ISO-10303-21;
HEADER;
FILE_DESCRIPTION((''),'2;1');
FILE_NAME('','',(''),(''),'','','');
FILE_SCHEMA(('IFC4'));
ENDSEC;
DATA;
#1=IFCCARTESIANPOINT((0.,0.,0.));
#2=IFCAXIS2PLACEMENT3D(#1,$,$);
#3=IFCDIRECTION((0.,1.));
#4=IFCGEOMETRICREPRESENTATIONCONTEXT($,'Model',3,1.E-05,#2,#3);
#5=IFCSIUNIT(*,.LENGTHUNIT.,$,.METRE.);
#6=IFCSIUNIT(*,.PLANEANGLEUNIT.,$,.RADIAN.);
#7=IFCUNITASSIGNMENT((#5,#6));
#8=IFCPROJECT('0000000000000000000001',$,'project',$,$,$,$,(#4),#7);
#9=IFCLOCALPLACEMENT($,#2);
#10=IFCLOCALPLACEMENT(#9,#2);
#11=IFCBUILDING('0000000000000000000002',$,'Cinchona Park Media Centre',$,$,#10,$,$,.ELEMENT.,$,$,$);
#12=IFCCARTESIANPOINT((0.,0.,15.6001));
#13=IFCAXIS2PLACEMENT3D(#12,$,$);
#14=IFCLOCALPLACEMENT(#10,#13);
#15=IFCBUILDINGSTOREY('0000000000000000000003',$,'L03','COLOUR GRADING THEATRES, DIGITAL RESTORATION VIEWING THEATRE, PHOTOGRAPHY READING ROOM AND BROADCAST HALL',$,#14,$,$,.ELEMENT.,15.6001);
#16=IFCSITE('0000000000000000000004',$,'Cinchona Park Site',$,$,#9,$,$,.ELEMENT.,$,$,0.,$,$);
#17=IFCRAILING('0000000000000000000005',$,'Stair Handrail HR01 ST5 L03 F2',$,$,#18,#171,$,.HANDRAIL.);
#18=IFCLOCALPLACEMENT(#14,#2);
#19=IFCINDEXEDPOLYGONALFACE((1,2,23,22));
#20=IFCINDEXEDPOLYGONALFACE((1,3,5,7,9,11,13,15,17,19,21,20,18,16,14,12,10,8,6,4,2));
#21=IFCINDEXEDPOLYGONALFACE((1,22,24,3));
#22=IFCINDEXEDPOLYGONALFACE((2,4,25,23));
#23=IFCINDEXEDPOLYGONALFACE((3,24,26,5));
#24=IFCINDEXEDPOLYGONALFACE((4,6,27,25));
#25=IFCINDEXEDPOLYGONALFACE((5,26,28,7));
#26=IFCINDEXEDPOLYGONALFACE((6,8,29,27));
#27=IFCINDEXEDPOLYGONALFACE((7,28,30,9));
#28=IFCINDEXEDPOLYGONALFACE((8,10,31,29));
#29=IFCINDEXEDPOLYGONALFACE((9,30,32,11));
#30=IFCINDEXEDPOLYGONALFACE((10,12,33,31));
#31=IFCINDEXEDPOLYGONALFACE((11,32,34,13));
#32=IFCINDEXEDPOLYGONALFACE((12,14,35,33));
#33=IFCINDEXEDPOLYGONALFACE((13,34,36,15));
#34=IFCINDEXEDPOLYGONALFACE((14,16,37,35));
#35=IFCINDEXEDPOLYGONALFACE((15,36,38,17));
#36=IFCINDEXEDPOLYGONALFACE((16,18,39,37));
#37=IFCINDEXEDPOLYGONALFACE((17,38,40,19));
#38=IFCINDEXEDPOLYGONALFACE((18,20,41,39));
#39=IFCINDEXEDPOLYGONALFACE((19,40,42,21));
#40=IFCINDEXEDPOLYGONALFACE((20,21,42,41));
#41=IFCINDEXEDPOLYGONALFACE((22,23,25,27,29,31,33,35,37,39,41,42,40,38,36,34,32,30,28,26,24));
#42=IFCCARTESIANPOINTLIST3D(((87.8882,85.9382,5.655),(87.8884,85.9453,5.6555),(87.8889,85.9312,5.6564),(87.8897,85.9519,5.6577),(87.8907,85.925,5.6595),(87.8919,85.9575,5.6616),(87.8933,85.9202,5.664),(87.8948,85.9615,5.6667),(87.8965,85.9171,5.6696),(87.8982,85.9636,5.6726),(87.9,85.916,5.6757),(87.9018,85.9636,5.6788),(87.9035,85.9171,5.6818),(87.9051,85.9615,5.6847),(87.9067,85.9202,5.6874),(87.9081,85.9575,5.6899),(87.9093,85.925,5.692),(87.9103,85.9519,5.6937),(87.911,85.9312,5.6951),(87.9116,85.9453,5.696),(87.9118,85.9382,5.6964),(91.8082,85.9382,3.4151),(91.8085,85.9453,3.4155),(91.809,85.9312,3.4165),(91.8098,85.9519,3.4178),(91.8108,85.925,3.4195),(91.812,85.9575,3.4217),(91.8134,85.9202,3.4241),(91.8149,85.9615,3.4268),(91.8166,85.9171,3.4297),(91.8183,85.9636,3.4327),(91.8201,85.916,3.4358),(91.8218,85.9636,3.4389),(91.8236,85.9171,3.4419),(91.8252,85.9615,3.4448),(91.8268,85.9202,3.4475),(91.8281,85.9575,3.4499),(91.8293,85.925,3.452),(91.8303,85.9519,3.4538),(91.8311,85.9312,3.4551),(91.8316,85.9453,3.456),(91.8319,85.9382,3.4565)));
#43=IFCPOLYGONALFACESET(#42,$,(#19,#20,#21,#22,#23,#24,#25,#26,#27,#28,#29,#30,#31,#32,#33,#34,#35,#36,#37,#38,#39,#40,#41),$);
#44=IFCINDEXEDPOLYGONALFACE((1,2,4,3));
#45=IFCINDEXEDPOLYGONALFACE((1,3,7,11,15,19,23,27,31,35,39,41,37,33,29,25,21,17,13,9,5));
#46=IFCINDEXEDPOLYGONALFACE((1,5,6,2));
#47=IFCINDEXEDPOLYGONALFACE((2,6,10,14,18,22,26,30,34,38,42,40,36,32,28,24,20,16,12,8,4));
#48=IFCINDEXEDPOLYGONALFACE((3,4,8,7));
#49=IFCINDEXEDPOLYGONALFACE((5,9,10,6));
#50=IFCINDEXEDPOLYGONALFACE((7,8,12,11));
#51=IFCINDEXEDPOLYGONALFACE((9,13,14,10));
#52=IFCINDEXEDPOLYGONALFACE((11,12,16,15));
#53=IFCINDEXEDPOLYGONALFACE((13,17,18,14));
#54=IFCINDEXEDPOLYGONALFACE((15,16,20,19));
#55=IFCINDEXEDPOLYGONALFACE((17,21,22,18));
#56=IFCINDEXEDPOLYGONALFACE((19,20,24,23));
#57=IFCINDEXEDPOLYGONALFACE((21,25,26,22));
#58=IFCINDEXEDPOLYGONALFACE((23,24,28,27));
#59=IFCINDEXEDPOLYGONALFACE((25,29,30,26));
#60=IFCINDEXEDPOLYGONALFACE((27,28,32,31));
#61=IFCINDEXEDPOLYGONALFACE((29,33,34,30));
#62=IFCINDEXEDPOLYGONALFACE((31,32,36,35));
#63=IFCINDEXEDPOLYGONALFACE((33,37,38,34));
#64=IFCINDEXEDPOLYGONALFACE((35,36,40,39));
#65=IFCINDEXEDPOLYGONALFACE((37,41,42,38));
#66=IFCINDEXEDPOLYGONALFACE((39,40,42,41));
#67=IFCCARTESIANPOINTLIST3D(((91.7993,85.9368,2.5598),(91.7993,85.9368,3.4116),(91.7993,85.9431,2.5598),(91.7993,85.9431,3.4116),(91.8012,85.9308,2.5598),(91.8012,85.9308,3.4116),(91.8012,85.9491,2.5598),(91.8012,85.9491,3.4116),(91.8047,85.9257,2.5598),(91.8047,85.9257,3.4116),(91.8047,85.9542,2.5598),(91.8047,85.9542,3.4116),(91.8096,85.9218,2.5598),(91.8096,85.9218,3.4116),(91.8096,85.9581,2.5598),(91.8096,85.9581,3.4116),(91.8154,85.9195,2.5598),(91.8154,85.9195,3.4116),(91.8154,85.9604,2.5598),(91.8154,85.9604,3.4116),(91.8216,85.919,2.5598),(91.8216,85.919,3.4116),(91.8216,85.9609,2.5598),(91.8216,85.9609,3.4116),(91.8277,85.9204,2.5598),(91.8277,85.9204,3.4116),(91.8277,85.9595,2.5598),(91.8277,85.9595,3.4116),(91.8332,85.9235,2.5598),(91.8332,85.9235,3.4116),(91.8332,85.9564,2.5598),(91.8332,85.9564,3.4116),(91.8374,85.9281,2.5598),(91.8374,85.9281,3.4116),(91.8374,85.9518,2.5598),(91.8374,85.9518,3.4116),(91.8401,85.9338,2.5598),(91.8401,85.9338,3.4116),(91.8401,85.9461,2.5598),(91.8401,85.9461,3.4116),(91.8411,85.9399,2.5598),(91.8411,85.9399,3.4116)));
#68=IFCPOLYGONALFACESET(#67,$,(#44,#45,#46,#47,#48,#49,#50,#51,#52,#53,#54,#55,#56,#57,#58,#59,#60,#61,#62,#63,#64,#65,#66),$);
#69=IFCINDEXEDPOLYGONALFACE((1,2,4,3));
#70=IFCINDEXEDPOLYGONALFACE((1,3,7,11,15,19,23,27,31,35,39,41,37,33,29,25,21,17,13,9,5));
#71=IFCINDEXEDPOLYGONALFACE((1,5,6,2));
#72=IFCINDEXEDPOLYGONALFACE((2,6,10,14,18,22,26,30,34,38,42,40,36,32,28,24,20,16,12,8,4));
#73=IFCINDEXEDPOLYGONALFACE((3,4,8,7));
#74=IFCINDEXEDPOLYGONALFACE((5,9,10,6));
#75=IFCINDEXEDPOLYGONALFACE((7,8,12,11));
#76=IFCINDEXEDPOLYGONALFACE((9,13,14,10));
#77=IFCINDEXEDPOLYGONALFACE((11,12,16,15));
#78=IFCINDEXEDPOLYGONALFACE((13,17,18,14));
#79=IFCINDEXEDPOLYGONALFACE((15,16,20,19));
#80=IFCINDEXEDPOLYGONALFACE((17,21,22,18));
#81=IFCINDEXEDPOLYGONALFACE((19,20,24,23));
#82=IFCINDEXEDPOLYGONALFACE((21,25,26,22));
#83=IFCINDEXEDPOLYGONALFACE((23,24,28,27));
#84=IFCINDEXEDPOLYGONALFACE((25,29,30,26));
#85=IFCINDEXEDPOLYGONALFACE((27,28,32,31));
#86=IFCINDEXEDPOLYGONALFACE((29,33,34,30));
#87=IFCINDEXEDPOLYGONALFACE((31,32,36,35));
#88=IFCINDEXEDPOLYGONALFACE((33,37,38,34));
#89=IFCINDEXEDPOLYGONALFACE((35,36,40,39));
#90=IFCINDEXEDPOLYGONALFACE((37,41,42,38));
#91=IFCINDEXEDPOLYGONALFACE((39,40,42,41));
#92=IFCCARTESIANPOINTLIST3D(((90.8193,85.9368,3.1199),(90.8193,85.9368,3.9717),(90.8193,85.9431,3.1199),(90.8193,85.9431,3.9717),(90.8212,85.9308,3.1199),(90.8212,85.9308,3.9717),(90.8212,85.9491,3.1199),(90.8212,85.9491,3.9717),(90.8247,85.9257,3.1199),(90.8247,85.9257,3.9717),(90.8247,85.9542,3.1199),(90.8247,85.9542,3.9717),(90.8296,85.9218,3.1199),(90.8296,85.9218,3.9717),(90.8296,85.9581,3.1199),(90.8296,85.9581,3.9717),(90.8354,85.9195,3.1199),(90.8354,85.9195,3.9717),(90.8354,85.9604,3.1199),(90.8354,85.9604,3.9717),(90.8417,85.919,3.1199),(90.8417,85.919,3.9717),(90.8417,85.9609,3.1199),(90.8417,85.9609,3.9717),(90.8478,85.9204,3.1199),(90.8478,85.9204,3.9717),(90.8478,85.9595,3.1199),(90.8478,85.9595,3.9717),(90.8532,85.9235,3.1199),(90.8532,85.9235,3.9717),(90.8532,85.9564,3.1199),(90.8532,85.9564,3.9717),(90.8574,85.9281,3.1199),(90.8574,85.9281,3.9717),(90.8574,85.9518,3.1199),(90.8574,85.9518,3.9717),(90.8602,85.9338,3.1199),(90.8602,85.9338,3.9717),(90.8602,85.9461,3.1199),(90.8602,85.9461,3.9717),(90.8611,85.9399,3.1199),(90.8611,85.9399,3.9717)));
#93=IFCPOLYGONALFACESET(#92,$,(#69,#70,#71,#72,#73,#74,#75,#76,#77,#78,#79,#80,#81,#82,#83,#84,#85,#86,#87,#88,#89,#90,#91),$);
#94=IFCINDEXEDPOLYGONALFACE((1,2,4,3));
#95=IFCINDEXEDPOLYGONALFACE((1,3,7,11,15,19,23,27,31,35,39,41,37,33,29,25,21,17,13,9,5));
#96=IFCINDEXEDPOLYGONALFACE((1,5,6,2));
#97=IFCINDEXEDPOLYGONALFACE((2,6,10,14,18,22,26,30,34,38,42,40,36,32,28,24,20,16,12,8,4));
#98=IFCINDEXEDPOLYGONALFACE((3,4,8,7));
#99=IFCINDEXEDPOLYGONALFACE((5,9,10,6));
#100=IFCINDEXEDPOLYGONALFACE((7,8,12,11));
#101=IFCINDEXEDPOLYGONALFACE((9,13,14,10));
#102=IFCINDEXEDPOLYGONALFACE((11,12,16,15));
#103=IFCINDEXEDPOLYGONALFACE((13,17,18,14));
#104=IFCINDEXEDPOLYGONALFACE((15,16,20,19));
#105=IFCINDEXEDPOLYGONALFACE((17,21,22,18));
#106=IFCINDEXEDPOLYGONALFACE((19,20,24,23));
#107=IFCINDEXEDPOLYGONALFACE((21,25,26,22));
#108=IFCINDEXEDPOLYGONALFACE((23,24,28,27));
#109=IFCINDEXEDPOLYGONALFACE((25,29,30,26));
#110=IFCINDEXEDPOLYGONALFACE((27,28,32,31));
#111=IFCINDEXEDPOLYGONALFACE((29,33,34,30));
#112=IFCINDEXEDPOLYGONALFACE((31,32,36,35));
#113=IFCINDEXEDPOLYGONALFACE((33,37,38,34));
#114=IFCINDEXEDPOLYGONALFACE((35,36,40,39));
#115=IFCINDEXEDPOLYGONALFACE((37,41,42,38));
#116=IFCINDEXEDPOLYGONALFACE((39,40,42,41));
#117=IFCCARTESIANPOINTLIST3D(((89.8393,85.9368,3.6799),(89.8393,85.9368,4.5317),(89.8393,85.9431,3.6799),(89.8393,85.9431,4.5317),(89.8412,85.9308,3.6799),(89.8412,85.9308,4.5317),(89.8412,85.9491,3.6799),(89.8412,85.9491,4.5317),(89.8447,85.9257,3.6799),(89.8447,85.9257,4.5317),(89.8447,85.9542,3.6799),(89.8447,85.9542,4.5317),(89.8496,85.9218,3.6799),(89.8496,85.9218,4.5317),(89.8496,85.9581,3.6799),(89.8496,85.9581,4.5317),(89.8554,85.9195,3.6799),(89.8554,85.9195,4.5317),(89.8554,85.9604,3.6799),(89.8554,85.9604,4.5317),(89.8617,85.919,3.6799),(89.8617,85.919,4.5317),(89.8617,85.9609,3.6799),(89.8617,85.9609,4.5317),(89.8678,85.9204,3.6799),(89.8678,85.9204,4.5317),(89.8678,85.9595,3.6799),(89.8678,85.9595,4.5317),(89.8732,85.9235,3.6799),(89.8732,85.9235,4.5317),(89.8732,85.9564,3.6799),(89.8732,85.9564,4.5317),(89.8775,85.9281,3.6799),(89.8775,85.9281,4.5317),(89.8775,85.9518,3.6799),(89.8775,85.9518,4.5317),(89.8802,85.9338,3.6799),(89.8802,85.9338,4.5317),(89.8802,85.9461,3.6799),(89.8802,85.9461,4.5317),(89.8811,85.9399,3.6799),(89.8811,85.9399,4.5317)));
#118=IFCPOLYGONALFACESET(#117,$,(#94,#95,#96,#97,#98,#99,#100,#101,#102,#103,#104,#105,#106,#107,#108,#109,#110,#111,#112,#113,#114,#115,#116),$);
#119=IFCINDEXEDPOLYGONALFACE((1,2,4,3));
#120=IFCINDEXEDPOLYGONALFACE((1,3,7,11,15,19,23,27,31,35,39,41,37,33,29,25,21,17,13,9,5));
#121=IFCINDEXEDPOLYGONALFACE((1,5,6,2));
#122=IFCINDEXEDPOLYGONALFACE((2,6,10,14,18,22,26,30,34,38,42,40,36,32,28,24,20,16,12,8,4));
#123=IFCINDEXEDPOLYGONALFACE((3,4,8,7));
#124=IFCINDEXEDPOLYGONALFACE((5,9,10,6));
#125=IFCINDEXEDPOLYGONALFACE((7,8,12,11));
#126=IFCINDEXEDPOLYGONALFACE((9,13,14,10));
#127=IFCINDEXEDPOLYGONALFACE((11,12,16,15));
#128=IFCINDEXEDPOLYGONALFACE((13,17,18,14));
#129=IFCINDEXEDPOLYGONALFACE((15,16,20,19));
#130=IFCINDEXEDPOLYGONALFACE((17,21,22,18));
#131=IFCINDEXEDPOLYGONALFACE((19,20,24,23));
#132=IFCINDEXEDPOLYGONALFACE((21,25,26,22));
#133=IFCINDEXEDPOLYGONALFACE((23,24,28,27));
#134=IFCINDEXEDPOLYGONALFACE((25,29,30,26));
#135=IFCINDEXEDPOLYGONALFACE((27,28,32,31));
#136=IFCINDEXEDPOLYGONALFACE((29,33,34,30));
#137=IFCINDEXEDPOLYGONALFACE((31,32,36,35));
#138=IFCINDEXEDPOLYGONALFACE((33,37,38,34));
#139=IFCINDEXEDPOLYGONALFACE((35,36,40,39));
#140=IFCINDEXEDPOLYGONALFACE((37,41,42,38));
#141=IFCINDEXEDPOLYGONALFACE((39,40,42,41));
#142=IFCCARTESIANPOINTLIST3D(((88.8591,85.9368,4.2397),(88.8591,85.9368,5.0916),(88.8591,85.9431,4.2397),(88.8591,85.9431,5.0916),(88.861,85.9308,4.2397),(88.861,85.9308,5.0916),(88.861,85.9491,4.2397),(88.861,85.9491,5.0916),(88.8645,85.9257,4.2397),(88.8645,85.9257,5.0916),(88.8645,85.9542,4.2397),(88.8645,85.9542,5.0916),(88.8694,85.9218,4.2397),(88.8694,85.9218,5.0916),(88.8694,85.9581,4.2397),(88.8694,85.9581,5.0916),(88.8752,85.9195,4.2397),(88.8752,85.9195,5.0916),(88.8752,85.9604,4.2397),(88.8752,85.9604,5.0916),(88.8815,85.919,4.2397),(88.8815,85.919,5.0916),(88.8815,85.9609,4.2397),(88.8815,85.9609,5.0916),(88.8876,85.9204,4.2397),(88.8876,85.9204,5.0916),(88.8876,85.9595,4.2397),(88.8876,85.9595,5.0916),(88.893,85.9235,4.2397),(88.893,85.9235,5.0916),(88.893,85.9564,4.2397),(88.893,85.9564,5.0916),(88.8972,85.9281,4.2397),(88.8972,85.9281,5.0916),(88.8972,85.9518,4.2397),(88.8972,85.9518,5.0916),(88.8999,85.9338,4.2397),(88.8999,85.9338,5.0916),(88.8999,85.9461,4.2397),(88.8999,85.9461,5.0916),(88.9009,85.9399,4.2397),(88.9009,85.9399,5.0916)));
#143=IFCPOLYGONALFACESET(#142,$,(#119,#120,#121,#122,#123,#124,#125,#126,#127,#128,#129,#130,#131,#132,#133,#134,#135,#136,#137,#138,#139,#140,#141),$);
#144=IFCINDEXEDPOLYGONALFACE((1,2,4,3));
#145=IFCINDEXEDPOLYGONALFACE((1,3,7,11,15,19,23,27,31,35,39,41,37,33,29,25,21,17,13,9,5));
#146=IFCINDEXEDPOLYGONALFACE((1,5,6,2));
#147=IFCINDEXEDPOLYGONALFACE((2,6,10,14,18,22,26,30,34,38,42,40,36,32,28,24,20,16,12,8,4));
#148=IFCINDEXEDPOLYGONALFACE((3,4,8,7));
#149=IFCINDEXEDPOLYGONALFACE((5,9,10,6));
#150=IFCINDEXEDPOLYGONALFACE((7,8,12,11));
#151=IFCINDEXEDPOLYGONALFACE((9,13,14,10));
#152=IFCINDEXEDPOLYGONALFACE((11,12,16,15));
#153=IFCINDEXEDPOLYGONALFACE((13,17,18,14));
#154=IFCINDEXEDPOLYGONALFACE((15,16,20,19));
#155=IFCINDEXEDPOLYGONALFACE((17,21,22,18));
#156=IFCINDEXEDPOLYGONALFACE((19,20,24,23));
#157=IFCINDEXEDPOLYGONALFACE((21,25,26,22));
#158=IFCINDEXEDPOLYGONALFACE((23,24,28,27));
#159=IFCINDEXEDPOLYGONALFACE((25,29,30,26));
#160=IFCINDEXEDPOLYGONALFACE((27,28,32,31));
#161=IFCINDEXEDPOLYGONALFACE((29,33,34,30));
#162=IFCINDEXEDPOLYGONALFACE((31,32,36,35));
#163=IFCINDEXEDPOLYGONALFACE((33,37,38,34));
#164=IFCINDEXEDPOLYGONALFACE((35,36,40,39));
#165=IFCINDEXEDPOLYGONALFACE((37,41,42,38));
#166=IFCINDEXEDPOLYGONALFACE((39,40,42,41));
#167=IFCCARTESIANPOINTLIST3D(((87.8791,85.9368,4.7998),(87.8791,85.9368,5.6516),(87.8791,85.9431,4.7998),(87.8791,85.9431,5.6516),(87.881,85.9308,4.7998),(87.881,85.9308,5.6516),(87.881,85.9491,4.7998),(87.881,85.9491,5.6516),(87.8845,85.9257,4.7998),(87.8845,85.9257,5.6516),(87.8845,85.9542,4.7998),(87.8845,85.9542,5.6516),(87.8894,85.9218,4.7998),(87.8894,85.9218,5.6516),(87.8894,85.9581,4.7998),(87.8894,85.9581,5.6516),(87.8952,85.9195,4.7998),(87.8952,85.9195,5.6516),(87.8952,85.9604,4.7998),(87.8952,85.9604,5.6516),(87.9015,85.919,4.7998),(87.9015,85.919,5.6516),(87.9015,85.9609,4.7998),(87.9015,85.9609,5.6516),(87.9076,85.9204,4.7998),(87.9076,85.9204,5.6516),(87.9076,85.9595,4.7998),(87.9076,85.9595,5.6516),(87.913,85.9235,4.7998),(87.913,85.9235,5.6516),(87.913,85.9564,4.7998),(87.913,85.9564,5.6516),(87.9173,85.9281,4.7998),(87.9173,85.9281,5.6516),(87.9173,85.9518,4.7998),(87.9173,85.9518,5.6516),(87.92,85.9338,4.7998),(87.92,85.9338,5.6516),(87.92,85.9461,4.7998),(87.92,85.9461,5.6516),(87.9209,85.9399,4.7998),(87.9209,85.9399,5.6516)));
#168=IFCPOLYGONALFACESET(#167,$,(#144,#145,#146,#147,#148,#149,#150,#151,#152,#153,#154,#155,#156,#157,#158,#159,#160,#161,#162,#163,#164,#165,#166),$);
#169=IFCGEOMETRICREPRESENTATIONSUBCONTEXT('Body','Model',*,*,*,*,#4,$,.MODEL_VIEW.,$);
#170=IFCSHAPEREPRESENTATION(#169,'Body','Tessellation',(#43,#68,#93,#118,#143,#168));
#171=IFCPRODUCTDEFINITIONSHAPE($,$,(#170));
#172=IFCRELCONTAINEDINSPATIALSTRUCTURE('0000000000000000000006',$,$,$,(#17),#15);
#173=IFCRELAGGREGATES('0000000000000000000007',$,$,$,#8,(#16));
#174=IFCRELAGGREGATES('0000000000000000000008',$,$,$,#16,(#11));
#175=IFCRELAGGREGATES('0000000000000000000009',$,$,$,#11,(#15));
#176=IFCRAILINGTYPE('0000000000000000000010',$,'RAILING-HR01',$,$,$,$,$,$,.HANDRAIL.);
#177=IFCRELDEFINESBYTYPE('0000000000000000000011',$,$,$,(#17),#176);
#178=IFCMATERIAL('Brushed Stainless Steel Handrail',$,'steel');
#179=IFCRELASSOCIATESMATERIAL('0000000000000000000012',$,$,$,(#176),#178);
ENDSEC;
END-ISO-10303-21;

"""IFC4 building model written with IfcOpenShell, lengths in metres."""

from ifc_helpers import new_model, si_unit, direction, frame, origin, origin_2d, place, context, subcontext, project, spatial, circle, extrude, material, type_object, element, save


model = new_model("IFC4")

# Units and contexts
model_context = context("Model", 3, precision=1e-05, world=origin(), true_north=direction((0.0, 1.0)))
body_context = subcontext(model_context, "Body", "Model", "MODEL_VIEW")
ifc_project = project(units=[si_unit("LENGTHUNIT", "METRE"), si_unit("PLANEANGLEUNIT", "RADIAN")], contexts=[model_context])

# Site, building, storey
site_placement = place(None, origin())
site = spatial("IfcSite", under=ifc_project, at=site_placement, Name="Cinchona Park Site", CompositionType="ELEMENT", RefElevation=0.0)
building_placement = place(site_placement, origin())
building = spatial("IfcBuilding", under=site, at=building_placement, Name="Cinchona Park Media Centre", CompositionType="ELEMENT")
storey_placement = place(building_placement, frame((0.0, 0.0, 15.6001)))
storey = spatial("IfcBuildingStorey", under=building, at=storey_placement, Name="L03", Description="COLOUR GRADING THEATRES, DIGITAL RESTORATION VIEWING THEATRE, PHOTOGRAPHY READING ROOM AND BROADCAST HALL", CompositionType="ELEMENT", Elevation=15.6001)

# Railing
ifc_material_1 = material(Name="Brushed Stainless Steel Handrail", Category="steel")
railing_type_1 = type_object("IfcRailingType", Name="RAILING-HR01", PredefinedType="HANDRAIL", material=ifc_material_1)
railing_1_placement = place(storey_placement, frame((91.8201, 85.9399, 2.5598)))
element("IfcRailing", 1, at=railing_1_placement, inside=storey, type_object=railing_type_1, Name="Stair Handrail HR01 ST5 L03 F2", PredefinedType="HANDRAIL", context=body_context, shape_type="SweptSolid", body=[
    extrude(circle(Radius=0.0239, at=origin_2d()), frame((0.0, 0.0, 0.876), z_axis=(-0.868253, 0.0, 0.496121), x_axis=(0.0, -1.0, 0.0)), (0.0, 0.0, 1.0), 4.5149),
    extrude(circle(Radius=0.021, at=origin_2d()), origin(), (0.0, 0.0, 1.0), 0.8518),
    extrude(circle(Radius=0.021, at=origin_2d()), frame((-0.98, 0.0, 0.5601)), (0.0, 0.0, 1.0), 0.8518),
    extrude(circle(Radius=0.021, at=origin_2d()), frame((-1.96, 0.0, 1.1201)), (0.0, 0.0, 1.0), 0.8518),
    extrude(circle(Radius=0.021, at=origin_2d()), frame((-2.9402, 0.0, 1.6799)), (0.0, 0.0, 1.0), 0.8518),
    extrude(circle(Radius=0.021, at=origin_2d()), frame((-3.9202, 0.0, 2.24)), (0.0, 0.0, 1.0), 0.8518),
])

save(model, "model.ifc")
